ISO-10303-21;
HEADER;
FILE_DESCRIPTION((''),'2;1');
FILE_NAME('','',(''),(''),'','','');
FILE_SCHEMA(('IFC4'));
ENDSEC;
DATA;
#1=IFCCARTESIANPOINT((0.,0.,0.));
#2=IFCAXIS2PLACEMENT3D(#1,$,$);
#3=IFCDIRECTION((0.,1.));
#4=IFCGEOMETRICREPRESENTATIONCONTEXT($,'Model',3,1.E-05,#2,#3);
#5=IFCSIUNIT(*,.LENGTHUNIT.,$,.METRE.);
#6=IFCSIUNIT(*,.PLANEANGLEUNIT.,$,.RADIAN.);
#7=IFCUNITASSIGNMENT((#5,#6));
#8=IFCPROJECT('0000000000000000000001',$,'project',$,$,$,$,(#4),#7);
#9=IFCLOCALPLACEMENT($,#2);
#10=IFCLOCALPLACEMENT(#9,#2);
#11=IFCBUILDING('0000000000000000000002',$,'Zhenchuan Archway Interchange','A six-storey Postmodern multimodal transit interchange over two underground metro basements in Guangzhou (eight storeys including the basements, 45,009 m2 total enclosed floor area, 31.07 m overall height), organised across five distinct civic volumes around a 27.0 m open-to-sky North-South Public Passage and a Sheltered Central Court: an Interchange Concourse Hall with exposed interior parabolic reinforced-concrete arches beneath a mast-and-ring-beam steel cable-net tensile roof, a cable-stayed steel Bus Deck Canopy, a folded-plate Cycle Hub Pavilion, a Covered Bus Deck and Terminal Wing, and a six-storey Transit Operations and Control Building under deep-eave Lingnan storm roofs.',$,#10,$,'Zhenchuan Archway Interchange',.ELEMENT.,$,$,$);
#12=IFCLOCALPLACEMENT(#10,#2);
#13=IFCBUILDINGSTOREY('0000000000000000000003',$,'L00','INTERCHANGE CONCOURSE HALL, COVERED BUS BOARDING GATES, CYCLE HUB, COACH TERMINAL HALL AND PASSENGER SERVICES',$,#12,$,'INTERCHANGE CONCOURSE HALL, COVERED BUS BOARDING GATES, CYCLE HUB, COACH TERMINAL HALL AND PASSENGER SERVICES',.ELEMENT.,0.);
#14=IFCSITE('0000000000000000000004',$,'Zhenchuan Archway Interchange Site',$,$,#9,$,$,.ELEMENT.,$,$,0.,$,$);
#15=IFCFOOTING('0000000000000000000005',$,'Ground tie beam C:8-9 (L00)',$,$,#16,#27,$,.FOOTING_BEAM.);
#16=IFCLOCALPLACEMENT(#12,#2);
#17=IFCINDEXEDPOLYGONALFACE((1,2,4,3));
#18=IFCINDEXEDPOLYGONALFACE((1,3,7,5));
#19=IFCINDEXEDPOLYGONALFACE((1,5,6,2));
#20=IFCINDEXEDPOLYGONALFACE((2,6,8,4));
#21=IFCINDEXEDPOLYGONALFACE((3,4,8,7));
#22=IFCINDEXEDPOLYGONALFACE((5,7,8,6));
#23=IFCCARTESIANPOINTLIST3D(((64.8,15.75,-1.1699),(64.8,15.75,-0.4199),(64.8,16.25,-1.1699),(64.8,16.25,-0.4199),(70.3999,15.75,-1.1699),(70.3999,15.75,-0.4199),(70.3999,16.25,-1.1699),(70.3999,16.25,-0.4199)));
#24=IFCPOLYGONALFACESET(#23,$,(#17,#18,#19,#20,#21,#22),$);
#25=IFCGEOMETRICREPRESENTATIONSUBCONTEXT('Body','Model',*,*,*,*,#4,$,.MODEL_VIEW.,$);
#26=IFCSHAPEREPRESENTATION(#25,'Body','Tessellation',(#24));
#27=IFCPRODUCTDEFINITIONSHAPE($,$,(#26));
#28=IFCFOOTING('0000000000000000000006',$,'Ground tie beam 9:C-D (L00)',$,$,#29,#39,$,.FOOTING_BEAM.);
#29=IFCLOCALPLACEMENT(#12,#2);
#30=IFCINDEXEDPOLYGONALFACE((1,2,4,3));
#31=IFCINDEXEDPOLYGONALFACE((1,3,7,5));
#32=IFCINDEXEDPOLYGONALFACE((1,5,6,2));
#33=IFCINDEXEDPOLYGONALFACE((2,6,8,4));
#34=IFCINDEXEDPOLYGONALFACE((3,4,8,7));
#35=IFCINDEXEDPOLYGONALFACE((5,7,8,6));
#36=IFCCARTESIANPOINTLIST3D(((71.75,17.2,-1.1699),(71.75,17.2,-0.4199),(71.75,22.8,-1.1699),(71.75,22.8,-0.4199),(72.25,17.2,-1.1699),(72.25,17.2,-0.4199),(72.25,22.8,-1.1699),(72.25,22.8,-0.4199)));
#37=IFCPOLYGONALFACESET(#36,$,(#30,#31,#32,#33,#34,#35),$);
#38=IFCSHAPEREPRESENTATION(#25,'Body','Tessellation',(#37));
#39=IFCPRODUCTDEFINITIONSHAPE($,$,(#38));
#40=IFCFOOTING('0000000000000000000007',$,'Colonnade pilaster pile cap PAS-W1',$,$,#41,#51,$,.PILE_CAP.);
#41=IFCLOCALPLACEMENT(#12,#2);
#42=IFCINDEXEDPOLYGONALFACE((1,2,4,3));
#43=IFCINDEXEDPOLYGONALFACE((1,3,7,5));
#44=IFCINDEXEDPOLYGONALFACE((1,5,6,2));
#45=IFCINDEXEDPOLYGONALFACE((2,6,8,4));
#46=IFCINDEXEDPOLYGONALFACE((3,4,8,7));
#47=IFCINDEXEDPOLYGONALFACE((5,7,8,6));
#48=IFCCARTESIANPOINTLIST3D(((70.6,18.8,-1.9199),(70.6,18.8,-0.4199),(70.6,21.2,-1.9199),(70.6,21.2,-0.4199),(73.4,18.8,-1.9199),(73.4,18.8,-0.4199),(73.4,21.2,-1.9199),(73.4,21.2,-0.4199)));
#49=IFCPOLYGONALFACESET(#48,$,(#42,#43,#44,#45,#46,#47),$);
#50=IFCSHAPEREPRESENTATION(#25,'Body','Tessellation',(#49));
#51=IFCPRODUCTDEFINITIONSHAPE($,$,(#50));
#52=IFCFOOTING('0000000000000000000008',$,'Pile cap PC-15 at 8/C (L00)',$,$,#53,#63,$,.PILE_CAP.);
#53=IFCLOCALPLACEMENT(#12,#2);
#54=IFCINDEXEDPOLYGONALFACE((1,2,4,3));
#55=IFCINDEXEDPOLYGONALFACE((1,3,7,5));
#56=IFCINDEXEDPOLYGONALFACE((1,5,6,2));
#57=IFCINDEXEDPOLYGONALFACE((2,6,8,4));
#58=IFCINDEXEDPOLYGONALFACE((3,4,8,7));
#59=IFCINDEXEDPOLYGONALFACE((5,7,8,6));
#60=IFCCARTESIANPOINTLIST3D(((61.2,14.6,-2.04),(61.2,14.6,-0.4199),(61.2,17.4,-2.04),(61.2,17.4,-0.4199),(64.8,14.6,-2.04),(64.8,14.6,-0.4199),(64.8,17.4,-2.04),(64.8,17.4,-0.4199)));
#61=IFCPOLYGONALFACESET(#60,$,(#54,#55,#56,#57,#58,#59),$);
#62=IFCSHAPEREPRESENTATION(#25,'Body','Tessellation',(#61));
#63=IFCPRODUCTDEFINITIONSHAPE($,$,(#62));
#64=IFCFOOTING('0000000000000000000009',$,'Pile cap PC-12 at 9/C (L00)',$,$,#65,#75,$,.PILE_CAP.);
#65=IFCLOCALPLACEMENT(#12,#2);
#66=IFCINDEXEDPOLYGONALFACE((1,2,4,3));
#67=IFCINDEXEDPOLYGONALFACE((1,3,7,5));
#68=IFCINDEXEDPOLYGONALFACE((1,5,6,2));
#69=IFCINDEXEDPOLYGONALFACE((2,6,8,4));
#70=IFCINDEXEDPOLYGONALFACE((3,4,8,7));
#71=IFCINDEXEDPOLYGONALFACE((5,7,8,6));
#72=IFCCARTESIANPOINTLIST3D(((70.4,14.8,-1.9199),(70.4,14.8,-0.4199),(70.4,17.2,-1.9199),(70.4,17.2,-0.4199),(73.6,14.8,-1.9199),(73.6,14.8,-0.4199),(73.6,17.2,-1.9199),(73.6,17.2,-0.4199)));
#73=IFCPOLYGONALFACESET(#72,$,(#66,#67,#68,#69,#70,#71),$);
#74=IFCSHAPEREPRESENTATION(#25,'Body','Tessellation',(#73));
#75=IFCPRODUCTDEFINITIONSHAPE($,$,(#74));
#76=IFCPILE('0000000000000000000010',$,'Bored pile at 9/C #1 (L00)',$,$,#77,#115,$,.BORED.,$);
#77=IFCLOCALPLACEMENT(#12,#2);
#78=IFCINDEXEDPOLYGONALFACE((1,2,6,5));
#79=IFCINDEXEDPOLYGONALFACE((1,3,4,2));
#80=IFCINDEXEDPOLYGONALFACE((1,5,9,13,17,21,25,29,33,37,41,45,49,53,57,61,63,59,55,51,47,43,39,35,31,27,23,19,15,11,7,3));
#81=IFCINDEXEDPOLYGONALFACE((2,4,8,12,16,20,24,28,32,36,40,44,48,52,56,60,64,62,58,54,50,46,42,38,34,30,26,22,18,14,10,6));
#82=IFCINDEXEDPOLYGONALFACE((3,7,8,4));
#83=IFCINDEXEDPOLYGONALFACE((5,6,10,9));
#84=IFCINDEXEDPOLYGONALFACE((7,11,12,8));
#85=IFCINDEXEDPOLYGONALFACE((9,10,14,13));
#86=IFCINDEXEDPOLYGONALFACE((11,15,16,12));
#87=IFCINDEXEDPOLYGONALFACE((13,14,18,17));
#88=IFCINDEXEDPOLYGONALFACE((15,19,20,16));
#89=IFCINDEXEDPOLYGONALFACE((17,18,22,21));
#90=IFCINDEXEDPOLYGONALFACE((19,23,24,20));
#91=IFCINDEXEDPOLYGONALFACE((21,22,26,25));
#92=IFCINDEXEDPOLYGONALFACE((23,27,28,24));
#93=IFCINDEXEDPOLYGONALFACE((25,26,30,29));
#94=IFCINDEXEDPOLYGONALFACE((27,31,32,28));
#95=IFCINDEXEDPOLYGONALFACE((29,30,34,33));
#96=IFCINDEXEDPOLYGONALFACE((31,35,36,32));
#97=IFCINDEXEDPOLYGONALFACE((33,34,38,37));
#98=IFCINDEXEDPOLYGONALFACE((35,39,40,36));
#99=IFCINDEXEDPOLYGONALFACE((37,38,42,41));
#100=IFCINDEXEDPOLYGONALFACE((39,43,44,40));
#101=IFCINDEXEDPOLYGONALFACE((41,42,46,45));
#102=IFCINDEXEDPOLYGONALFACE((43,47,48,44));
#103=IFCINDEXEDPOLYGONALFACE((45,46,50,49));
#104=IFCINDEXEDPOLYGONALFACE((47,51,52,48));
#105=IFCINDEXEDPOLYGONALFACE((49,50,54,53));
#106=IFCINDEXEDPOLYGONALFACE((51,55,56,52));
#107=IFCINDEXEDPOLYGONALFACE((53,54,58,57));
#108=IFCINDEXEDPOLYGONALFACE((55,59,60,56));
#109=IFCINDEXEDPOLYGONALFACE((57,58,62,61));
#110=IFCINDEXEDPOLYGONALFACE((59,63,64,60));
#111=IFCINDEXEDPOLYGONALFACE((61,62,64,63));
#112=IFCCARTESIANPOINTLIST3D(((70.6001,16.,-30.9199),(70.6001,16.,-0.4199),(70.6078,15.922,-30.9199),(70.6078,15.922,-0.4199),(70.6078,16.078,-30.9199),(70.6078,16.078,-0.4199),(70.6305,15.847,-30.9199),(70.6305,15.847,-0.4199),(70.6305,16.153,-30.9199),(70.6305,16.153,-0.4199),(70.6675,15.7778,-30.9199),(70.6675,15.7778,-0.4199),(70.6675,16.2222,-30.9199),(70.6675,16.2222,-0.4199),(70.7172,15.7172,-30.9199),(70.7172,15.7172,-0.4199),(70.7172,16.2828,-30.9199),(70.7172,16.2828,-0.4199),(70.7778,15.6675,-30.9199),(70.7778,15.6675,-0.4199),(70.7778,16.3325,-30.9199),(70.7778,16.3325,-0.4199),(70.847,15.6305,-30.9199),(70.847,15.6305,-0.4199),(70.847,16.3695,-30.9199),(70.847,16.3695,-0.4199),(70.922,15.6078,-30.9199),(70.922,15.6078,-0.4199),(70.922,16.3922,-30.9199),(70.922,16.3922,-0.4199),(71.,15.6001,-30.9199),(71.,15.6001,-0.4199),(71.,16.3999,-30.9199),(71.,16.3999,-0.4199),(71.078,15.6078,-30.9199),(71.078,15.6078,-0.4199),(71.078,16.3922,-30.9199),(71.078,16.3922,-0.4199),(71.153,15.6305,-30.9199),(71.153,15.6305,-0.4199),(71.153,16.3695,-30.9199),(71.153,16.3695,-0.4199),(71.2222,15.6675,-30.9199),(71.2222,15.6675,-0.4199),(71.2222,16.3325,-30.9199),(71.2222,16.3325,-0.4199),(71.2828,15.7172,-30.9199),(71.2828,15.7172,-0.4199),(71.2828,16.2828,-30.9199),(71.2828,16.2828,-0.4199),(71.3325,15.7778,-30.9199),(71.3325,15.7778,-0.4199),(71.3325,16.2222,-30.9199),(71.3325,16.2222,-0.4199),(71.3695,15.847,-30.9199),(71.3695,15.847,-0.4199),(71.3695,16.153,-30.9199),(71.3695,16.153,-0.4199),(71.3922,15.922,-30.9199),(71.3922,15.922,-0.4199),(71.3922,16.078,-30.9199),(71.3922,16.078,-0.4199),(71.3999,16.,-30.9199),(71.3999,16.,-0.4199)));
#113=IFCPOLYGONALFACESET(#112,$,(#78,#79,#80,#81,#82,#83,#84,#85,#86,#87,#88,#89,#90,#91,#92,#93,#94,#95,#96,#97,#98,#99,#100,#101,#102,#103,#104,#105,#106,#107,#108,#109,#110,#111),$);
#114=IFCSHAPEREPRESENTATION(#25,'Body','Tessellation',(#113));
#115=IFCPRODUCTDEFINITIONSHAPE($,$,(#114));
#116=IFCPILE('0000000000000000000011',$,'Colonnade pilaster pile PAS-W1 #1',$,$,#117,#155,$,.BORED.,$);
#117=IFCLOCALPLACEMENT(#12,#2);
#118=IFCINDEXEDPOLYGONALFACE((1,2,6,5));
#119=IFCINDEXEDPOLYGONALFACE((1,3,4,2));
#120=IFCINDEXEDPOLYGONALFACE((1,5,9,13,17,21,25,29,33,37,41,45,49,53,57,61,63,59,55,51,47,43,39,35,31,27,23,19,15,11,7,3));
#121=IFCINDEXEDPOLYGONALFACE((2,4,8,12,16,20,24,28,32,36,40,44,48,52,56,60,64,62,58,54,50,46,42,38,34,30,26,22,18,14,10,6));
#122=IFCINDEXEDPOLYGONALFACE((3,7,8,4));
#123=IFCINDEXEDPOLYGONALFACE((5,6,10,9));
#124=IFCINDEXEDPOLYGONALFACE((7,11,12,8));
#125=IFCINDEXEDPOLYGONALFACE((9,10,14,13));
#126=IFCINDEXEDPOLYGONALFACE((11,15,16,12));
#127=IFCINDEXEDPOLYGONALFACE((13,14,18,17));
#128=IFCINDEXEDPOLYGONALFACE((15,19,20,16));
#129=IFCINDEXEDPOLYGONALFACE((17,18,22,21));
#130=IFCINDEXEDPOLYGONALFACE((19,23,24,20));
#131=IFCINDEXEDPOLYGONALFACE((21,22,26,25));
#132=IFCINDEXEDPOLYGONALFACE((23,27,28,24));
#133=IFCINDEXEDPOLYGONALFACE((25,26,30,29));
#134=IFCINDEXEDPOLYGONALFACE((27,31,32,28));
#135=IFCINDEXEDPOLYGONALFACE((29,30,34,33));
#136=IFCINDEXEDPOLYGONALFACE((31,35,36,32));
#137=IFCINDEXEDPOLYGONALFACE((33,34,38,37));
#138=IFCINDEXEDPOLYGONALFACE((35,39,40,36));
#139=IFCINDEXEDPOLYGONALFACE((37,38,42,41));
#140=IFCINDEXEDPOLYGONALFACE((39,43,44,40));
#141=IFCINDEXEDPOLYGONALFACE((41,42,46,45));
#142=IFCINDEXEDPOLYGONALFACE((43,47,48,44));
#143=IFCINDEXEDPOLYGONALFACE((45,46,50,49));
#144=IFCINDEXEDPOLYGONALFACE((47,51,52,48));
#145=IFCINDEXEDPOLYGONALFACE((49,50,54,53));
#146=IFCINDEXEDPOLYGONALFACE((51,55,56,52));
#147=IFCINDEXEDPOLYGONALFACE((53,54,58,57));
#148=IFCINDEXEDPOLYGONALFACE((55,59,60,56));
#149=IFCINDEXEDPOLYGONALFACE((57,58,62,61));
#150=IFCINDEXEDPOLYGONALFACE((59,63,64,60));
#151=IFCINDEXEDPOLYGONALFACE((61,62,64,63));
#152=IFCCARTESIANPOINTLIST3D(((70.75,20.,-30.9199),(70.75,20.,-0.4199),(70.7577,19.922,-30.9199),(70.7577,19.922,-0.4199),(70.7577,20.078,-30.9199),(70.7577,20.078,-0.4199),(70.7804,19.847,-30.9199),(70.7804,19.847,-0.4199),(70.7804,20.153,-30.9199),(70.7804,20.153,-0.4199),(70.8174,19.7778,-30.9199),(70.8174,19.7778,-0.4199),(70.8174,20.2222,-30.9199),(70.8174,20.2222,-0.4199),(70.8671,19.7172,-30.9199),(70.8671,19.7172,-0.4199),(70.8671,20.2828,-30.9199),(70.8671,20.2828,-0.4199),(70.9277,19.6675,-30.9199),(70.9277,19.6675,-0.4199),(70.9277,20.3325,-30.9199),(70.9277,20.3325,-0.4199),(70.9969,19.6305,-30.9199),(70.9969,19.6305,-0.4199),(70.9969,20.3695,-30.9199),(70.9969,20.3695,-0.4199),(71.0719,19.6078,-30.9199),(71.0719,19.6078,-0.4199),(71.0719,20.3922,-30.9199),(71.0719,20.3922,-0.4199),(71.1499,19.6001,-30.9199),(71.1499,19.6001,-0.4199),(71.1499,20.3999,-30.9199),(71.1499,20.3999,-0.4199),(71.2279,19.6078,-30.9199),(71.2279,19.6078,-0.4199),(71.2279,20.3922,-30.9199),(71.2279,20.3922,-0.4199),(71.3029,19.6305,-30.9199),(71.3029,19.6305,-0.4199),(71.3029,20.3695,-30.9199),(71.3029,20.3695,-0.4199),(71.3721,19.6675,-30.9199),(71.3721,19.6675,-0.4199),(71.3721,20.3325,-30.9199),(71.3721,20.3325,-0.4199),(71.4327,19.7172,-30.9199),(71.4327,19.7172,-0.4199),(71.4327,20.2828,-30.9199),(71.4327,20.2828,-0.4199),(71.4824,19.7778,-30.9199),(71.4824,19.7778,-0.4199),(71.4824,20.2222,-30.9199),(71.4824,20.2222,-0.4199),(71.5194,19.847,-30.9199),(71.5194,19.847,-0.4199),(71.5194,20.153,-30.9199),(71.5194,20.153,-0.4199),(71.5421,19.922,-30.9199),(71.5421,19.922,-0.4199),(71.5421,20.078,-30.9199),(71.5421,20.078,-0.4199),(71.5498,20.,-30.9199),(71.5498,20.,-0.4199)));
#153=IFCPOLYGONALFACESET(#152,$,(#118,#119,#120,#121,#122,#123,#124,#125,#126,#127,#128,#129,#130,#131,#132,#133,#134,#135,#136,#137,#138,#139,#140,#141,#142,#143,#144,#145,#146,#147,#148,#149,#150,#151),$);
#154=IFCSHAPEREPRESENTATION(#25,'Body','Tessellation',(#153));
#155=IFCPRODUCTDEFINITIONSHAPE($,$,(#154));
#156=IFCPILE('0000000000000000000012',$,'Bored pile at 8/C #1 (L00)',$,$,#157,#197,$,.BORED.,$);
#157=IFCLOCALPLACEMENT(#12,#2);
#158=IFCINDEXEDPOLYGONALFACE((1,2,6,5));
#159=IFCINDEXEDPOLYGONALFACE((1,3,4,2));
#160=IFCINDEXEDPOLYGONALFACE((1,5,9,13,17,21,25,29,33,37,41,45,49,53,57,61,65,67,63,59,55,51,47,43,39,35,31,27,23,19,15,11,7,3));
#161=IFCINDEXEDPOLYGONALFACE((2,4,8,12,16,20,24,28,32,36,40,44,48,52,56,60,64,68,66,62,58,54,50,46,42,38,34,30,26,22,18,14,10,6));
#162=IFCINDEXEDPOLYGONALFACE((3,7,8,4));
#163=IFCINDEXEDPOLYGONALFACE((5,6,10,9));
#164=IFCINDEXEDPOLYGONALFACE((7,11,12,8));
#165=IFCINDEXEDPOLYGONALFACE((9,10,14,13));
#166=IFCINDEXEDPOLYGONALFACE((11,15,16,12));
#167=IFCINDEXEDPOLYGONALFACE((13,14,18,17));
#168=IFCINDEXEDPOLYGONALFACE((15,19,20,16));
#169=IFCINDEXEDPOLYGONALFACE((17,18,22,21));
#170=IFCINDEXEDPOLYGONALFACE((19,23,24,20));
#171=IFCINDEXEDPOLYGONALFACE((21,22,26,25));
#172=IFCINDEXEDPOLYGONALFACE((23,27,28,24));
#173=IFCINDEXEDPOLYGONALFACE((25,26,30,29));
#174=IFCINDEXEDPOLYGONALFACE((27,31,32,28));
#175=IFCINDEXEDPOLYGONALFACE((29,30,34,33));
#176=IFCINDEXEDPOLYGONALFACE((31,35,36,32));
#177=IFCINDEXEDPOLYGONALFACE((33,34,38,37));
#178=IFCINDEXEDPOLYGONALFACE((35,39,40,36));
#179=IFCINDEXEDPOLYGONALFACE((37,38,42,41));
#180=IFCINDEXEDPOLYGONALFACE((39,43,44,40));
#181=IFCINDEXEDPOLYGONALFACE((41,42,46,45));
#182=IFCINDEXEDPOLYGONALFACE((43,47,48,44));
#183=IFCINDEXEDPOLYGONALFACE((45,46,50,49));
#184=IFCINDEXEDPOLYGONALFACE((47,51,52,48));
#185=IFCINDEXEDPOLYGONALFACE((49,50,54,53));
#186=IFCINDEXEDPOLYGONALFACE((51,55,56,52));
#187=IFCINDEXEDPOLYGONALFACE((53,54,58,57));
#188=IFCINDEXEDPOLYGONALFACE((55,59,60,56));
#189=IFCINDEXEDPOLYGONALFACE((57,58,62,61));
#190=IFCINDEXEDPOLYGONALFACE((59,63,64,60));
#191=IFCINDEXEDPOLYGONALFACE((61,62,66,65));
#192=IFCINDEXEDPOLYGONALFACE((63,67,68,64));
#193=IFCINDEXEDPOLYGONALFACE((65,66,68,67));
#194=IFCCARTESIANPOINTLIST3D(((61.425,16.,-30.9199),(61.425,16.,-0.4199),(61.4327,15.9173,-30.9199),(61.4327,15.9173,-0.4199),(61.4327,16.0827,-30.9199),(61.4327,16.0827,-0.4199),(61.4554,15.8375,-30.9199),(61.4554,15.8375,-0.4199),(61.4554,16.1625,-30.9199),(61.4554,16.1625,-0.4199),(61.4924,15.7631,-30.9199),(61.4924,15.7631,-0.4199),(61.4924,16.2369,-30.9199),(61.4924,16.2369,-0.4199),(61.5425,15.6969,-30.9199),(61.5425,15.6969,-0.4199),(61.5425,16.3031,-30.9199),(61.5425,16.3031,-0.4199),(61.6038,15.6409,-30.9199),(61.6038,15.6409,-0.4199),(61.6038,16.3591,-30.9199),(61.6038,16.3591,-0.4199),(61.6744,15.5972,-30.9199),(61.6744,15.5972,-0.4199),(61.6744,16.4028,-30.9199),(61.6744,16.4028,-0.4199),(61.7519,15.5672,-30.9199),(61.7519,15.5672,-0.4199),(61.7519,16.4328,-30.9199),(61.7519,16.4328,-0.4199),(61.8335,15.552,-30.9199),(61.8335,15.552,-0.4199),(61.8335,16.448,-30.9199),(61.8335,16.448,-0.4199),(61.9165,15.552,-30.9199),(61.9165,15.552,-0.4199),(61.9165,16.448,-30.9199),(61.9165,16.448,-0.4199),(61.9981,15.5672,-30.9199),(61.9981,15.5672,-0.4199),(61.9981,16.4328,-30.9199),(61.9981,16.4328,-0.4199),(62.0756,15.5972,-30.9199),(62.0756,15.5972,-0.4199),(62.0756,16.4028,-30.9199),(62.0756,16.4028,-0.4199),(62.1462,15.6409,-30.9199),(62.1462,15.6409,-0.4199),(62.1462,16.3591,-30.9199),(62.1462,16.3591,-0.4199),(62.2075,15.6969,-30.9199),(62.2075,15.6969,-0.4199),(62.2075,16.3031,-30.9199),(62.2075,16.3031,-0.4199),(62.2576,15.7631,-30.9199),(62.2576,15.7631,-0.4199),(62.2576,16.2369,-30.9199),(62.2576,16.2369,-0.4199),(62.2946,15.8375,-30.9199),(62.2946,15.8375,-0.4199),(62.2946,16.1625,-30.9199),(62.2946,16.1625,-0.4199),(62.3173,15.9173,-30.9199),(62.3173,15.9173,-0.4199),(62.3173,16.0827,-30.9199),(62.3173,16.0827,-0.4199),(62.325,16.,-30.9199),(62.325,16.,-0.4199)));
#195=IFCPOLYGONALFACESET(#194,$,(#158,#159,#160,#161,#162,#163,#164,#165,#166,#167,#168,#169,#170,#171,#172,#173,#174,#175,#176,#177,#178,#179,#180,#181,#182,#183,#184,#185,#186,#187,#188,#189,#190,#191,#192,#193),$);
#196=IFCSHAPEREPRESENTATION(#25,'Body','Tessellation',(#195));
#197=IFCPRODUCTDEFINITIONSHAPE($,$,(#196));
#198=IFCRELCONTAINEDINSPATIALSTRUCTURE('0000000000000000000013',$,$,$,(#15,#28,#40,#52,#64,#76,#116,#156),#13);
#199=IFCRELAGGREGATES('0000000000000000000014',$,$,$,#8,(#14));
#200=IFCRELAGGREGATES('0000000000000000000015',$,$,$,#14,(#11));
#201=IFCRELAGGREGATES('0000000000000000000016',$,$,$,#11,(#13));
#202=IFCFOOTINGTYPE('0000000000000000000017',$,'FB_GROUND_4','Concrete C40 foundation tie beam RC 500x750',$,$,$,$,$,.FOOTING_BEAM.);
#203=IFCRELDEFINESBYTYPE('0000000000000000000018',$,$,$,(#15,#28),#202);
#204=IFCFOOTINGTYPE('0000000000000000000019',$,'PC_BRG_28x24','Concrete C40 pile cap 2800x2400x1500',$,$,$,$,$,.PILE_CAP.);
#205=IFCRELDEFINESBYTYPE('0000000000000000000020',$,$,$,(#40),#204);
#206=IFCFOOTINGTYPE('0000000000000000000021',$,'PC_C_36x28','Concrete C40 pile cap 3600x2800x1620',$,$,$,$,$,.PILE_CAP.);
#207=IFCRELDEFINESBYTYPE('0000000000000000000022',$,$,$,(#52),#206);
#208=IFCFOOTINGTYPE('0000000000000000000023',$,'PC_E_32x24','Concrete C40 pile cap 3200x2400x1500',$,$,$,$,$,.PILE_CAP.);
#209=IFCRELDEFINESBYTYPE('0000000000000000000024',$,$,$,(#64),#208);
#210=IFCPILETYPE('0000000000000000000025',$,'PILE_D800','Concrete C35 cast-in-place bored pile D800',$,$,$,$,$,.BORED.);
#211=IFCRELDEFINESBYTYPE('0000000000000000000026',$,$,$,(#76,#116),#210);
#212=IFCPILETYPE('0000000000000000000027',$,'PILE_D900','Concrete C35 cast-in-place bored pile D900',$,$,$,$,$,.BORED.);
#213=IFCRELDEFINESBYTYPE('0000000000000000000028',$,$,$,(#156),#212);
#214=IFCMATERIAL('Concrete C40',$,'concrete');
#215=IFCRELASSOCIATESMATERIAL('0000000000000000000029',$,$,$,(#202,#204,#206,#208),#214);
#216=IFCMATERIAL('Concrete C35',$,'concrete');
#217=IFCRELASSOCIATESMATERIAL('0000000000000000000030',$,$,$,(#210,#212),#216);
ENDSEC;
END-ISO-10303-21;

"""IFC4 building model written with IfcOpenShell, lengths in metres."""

from ifc_helpers import new_model, si_unit, direction, frame, origin, origin_2d, place, context, subcontext, project, spatial, rectangle, circle, extrude, material, material_profile, profile_set, type_object, element, save


model = new_model("IFC4")

# Units and contexts
model_context = context("Model", 3, precision=1e-05, world=origin(), true_north=direction((0.0, 1.0)))
body_context = subcontext(model_context, "Body", "Model", "MODEL_VIEW")
ifc_project = project(units=[si_unit("LENGTHUNIT", "METRE"), si_unit("PLANEANGLEUNIT", "RADIAN")], contexts=[model_context])

# Site, building, storey
site_placement = place(None, origin())
site = spatial("IfcSite", under=ifc_project, at=site_placement, Name="Zhenchuan Archway Interchange Site", CompositionType="ELEMENT", RefElevation=0.0)
building_placement = place(site_placement, origin())
building = spatial("IfcBuilding", under=site, at=building_placement, Name="Zhenchuan Archway Interchange", Description="A six-storey Postmodern multimodal transit interchange over two underground metro basements in Guangzhou (eight storeys including the basements, 45,009 m2 total enclosed floor area, 31.07 m overall height), organised across five distinct civic volumes around a 27.0 m open-to-sky North-South Public Passage and a Sheltered Central Court: an Interchange Concourse Hall with exposed interior parabolic reinforced-concrete arches beneath a mast-and-ring-beam steel cable-net tensile roof, a cable-stayed steel Bus Deck Canopy, a folded-plate Cycle Hub Pavilion, a Covered Bus Deck and Terminal Wing, and a six-storey Transit Operations and Control Building under deep-eave Lingnan storm roofs.", LongName="Zhenchuan Archway Interchange", CompositionType="ELEMENT")
storey_placement = place(building_placement, origin())
storey = spatial("IfcBuildingStorey", under=building, at=storey_placement, Name="L00", Description="INTERCHANGE CONCOURSE HALL, COVERED BUS BOARDING GATES, CYCLE HUB, COACH TERMINAL HALL AND PASSENGER SERVICES", LongName="INTERCHANGE CONCOURSE HALL, COVERED BUS BOARDING GATES, CYCLE HUB, COACH TERMINAL HALL AND PASSENGER SERVICES", CompositionType="ELEMENT", Elevation=0.0)

# Footings
ifc_material_1 = material(Name="Concrete C40", Category="concrete")
ifc_material_profile_1 = material_profile(ifc_material_1, rectangle(XDim=0.5, YDim=0.75, at=origin_2d()), Name="RC 500x750")
ifc_profile_set_1 = profile_set([ifc_material_profile_1], Name="Concrete C40")
footing_type_1 = type_object("IfcFootingType", Name="FB_GROUND_4", Description="Concrete C40 foundation tie beam RC 500x750", PredefinedType="FOOTING_BEAM", material=ifc_profile_set_1)
footing_1_placement = place(storey_placement, frame((64.8, 16.0, -0.7949), z_axis=(1.0, 0.0, 0.0), x_axis=(0.0, 1.0, 0.0)))
element("IfcFooting", 1, at=footing_1_placement, inside=storey, type_object=footing_type_1, Name="Ground tie beam C:8-9 (L00)", PredefinedType="FOOTING_BEAM", context=body_context, shape_type="SweptSolid", body=[
    extrude(rectangle(XDim=0.5, YDim=0.75, at=origin_2d()), origin(), (0.0, 0.0, 1.0), 5.5999),
])
footing_2_placement = place(storey_placement, frame((72.0, 17.2, -0.7949), z_axis=(0.0, 1.0, 0.0), x_axis=(-1.0, 0.0, 0.0)))
element("IfcFooting", 2, at=footing_2_placement, inside=storey, type_object=footing_type_1, Name="Ground tie beam 9:C-D (L00)", PredefinedType="FOOTING_BEAM", context=body_context, shape_type="SweptSolid", body=[
    extrude(rectangle(XDim=0.5, YDim=0.75, at=origin_2d()), origin(), (0.0, 0.0, 1.0), 5.6001),
])
footing_type_2 = type_object("IfcFootingType", Name="PC_BRG_28x24", Description="Concrete C40 pile cap 2800x2400x1500", PredefinedType="PILE_CAP", material=ifc_material_1)
footing_3_placement = place(storey_placement, frame((72.0, 20.0, -1.9199), z_axis=(0.0, 0.0, 1.0), x_axis=(1.0, 0.0, 0.0)))
element("IfcFooting", 3, at=footing_3_placement, inside=storey, type_object=footing_type_2, Name="Colonnade pilaster pile cap PAS-W1", PredefinedType="PILE_CAP", context=body_context, shape_type="SweptSolid", body=[
    extrude(rectangle(XDim=2.8, YDim=2.3999, at=origin_2d()), origin(), (0.0, 0.0, 1.0), 1.5),
])
footing_type_3 = type_object("IfcFootingType", Name="PC_C_36x28", Description="Concrete C40 pile cap 3600x2800x1620", PredefinedType="PILE_CAP", material=ifc_material_1)
footing_4_placement = place(storey_placement, frame((63.0, 16.0, -2.04), z_axis=(0.0, 0.0, 1.0), x_axis=(1.0, 0.0, 0.0)))
element("IfcFooting", 4, at=footing_4_placement, inside=storey, type_object=footing_type_3, Name="Pile cap PC-15 at 8/C (L00)", PredefinedType="PILE_CAP", context=body_context, shape_type="SweptSolid", body=[
    extrude(rectangle(XDim=3.6001, YDim=2.8, at=origin_2d()), origin(), (0.0, 0.0, 1.0), 1.6201),
])
footing_type_4 = type_object("IfcFootingType", Name="PC_E_32x24", Description="Concrete C40 pile cap 3200x2400x1500", PredefinedType="PILE_CAP", material=ifc_material_1)
footing_5_placement = place(storey_placement, frame((72.0, 16.0, -1.9199), z_axis=(0.0, 0.0, 1.0), x_axis=(1.0, 0.0, 0.0)))
element("IfcFooting", 5, at=footing_5_placement, inside=storey, type_object=footing_type_4, Name="Pile cap PC-12 at 9/C (L00)", PredefinedType="PILE_CAP", context=body_context, shape_type="SweptSolid", body=[
    extrude(rectangle(XDim=3.2, YDim=2.3999, at=origin_2d()), origin(), (0.0, 0.0, 1.0), 1.5),
])

# Piles
ifc_material_2 = material(Name="Concrete C35", Category="concrete")
ifc_material_profile_2 = material_profile(ifc_material_2, circle(Radius=0.3999, at=origin_2d()), Name="BORED PILE 800")
ifc_profile_set_2 = profile_set([ifc_material_profile_2], Name="Concrete C35")
pile_type_1 = type_object("IfcPileType", Name="PILE_D800", Description="Concrete C35 cast-in-place bored pile D800", PredefinedType="BORED", material=ifc_profile_set_2)
for number, where, z_axis, x_axis, name in (
    (6, (71.0, 16.0, -0.4199), (0.0, 0.0, -1.0), (1.0, 0.0, 0.0), "Bored pile at 9/C #1 (L00)"),
    (7, (71.1499, 20.0, -0.4199), (0.0, 0.0, -1.0), (1.0, 0.0, 0.0), "Colonnade pilaster pile PAS-W1 #1"),
):
    element("IfcPile", number, at=place(storey_placement, frame(where, z_axis=z_axis, x_axis=x_axis)), inside=storey, type_object=pile_type_1, Name=name, PredefinedType="BORED", context=body_context, shape_type="SweptSolid", body=[
        extrude(circle(Radius=0.3999, at=origin_2d()), origin(), (0.0, 0.0, 1.0), 30.5),
    ])
ifc_material_profile_3 = material_profile(ifc_material_2, circle(Radius=0.45, at=origin_2d()), Name="BORED PILE 900")
ifc_profile_set_3 = profile_set([ifc_material_profile_3], Name="Concrete C35")
pile_type_2 = type_object("IfcPileType", Name="PILE_D900", Description="Concrete C35 cast-in-place bored pile D900", PredefinedType="BORED", material=ifc_profile_set_3)
for number, where, z_axis, x_axis, name in (
    (8, (61.875, 16.0, -0.4199), (0.0, 0.0, -1.0), (1.0, 0.0, 0.0), "Bored pile at 8/C #1 (L00)"),
):
    element("IfcPile", number, at=place(storey_placement, frame(where, z_axis=z_axis, x_axis=x_axis)), inside=storey, type_object=pile_type_2, Name=name, PredefinedType="BORED", context=body_context, shape_type="SweptSolid", body=[
        extrude(circle(Radius=0.45, at=origin_2d()), origin(), (0.0, 0.0, 1.0), 30.5),
    ])

save(model, "model.ifc")
